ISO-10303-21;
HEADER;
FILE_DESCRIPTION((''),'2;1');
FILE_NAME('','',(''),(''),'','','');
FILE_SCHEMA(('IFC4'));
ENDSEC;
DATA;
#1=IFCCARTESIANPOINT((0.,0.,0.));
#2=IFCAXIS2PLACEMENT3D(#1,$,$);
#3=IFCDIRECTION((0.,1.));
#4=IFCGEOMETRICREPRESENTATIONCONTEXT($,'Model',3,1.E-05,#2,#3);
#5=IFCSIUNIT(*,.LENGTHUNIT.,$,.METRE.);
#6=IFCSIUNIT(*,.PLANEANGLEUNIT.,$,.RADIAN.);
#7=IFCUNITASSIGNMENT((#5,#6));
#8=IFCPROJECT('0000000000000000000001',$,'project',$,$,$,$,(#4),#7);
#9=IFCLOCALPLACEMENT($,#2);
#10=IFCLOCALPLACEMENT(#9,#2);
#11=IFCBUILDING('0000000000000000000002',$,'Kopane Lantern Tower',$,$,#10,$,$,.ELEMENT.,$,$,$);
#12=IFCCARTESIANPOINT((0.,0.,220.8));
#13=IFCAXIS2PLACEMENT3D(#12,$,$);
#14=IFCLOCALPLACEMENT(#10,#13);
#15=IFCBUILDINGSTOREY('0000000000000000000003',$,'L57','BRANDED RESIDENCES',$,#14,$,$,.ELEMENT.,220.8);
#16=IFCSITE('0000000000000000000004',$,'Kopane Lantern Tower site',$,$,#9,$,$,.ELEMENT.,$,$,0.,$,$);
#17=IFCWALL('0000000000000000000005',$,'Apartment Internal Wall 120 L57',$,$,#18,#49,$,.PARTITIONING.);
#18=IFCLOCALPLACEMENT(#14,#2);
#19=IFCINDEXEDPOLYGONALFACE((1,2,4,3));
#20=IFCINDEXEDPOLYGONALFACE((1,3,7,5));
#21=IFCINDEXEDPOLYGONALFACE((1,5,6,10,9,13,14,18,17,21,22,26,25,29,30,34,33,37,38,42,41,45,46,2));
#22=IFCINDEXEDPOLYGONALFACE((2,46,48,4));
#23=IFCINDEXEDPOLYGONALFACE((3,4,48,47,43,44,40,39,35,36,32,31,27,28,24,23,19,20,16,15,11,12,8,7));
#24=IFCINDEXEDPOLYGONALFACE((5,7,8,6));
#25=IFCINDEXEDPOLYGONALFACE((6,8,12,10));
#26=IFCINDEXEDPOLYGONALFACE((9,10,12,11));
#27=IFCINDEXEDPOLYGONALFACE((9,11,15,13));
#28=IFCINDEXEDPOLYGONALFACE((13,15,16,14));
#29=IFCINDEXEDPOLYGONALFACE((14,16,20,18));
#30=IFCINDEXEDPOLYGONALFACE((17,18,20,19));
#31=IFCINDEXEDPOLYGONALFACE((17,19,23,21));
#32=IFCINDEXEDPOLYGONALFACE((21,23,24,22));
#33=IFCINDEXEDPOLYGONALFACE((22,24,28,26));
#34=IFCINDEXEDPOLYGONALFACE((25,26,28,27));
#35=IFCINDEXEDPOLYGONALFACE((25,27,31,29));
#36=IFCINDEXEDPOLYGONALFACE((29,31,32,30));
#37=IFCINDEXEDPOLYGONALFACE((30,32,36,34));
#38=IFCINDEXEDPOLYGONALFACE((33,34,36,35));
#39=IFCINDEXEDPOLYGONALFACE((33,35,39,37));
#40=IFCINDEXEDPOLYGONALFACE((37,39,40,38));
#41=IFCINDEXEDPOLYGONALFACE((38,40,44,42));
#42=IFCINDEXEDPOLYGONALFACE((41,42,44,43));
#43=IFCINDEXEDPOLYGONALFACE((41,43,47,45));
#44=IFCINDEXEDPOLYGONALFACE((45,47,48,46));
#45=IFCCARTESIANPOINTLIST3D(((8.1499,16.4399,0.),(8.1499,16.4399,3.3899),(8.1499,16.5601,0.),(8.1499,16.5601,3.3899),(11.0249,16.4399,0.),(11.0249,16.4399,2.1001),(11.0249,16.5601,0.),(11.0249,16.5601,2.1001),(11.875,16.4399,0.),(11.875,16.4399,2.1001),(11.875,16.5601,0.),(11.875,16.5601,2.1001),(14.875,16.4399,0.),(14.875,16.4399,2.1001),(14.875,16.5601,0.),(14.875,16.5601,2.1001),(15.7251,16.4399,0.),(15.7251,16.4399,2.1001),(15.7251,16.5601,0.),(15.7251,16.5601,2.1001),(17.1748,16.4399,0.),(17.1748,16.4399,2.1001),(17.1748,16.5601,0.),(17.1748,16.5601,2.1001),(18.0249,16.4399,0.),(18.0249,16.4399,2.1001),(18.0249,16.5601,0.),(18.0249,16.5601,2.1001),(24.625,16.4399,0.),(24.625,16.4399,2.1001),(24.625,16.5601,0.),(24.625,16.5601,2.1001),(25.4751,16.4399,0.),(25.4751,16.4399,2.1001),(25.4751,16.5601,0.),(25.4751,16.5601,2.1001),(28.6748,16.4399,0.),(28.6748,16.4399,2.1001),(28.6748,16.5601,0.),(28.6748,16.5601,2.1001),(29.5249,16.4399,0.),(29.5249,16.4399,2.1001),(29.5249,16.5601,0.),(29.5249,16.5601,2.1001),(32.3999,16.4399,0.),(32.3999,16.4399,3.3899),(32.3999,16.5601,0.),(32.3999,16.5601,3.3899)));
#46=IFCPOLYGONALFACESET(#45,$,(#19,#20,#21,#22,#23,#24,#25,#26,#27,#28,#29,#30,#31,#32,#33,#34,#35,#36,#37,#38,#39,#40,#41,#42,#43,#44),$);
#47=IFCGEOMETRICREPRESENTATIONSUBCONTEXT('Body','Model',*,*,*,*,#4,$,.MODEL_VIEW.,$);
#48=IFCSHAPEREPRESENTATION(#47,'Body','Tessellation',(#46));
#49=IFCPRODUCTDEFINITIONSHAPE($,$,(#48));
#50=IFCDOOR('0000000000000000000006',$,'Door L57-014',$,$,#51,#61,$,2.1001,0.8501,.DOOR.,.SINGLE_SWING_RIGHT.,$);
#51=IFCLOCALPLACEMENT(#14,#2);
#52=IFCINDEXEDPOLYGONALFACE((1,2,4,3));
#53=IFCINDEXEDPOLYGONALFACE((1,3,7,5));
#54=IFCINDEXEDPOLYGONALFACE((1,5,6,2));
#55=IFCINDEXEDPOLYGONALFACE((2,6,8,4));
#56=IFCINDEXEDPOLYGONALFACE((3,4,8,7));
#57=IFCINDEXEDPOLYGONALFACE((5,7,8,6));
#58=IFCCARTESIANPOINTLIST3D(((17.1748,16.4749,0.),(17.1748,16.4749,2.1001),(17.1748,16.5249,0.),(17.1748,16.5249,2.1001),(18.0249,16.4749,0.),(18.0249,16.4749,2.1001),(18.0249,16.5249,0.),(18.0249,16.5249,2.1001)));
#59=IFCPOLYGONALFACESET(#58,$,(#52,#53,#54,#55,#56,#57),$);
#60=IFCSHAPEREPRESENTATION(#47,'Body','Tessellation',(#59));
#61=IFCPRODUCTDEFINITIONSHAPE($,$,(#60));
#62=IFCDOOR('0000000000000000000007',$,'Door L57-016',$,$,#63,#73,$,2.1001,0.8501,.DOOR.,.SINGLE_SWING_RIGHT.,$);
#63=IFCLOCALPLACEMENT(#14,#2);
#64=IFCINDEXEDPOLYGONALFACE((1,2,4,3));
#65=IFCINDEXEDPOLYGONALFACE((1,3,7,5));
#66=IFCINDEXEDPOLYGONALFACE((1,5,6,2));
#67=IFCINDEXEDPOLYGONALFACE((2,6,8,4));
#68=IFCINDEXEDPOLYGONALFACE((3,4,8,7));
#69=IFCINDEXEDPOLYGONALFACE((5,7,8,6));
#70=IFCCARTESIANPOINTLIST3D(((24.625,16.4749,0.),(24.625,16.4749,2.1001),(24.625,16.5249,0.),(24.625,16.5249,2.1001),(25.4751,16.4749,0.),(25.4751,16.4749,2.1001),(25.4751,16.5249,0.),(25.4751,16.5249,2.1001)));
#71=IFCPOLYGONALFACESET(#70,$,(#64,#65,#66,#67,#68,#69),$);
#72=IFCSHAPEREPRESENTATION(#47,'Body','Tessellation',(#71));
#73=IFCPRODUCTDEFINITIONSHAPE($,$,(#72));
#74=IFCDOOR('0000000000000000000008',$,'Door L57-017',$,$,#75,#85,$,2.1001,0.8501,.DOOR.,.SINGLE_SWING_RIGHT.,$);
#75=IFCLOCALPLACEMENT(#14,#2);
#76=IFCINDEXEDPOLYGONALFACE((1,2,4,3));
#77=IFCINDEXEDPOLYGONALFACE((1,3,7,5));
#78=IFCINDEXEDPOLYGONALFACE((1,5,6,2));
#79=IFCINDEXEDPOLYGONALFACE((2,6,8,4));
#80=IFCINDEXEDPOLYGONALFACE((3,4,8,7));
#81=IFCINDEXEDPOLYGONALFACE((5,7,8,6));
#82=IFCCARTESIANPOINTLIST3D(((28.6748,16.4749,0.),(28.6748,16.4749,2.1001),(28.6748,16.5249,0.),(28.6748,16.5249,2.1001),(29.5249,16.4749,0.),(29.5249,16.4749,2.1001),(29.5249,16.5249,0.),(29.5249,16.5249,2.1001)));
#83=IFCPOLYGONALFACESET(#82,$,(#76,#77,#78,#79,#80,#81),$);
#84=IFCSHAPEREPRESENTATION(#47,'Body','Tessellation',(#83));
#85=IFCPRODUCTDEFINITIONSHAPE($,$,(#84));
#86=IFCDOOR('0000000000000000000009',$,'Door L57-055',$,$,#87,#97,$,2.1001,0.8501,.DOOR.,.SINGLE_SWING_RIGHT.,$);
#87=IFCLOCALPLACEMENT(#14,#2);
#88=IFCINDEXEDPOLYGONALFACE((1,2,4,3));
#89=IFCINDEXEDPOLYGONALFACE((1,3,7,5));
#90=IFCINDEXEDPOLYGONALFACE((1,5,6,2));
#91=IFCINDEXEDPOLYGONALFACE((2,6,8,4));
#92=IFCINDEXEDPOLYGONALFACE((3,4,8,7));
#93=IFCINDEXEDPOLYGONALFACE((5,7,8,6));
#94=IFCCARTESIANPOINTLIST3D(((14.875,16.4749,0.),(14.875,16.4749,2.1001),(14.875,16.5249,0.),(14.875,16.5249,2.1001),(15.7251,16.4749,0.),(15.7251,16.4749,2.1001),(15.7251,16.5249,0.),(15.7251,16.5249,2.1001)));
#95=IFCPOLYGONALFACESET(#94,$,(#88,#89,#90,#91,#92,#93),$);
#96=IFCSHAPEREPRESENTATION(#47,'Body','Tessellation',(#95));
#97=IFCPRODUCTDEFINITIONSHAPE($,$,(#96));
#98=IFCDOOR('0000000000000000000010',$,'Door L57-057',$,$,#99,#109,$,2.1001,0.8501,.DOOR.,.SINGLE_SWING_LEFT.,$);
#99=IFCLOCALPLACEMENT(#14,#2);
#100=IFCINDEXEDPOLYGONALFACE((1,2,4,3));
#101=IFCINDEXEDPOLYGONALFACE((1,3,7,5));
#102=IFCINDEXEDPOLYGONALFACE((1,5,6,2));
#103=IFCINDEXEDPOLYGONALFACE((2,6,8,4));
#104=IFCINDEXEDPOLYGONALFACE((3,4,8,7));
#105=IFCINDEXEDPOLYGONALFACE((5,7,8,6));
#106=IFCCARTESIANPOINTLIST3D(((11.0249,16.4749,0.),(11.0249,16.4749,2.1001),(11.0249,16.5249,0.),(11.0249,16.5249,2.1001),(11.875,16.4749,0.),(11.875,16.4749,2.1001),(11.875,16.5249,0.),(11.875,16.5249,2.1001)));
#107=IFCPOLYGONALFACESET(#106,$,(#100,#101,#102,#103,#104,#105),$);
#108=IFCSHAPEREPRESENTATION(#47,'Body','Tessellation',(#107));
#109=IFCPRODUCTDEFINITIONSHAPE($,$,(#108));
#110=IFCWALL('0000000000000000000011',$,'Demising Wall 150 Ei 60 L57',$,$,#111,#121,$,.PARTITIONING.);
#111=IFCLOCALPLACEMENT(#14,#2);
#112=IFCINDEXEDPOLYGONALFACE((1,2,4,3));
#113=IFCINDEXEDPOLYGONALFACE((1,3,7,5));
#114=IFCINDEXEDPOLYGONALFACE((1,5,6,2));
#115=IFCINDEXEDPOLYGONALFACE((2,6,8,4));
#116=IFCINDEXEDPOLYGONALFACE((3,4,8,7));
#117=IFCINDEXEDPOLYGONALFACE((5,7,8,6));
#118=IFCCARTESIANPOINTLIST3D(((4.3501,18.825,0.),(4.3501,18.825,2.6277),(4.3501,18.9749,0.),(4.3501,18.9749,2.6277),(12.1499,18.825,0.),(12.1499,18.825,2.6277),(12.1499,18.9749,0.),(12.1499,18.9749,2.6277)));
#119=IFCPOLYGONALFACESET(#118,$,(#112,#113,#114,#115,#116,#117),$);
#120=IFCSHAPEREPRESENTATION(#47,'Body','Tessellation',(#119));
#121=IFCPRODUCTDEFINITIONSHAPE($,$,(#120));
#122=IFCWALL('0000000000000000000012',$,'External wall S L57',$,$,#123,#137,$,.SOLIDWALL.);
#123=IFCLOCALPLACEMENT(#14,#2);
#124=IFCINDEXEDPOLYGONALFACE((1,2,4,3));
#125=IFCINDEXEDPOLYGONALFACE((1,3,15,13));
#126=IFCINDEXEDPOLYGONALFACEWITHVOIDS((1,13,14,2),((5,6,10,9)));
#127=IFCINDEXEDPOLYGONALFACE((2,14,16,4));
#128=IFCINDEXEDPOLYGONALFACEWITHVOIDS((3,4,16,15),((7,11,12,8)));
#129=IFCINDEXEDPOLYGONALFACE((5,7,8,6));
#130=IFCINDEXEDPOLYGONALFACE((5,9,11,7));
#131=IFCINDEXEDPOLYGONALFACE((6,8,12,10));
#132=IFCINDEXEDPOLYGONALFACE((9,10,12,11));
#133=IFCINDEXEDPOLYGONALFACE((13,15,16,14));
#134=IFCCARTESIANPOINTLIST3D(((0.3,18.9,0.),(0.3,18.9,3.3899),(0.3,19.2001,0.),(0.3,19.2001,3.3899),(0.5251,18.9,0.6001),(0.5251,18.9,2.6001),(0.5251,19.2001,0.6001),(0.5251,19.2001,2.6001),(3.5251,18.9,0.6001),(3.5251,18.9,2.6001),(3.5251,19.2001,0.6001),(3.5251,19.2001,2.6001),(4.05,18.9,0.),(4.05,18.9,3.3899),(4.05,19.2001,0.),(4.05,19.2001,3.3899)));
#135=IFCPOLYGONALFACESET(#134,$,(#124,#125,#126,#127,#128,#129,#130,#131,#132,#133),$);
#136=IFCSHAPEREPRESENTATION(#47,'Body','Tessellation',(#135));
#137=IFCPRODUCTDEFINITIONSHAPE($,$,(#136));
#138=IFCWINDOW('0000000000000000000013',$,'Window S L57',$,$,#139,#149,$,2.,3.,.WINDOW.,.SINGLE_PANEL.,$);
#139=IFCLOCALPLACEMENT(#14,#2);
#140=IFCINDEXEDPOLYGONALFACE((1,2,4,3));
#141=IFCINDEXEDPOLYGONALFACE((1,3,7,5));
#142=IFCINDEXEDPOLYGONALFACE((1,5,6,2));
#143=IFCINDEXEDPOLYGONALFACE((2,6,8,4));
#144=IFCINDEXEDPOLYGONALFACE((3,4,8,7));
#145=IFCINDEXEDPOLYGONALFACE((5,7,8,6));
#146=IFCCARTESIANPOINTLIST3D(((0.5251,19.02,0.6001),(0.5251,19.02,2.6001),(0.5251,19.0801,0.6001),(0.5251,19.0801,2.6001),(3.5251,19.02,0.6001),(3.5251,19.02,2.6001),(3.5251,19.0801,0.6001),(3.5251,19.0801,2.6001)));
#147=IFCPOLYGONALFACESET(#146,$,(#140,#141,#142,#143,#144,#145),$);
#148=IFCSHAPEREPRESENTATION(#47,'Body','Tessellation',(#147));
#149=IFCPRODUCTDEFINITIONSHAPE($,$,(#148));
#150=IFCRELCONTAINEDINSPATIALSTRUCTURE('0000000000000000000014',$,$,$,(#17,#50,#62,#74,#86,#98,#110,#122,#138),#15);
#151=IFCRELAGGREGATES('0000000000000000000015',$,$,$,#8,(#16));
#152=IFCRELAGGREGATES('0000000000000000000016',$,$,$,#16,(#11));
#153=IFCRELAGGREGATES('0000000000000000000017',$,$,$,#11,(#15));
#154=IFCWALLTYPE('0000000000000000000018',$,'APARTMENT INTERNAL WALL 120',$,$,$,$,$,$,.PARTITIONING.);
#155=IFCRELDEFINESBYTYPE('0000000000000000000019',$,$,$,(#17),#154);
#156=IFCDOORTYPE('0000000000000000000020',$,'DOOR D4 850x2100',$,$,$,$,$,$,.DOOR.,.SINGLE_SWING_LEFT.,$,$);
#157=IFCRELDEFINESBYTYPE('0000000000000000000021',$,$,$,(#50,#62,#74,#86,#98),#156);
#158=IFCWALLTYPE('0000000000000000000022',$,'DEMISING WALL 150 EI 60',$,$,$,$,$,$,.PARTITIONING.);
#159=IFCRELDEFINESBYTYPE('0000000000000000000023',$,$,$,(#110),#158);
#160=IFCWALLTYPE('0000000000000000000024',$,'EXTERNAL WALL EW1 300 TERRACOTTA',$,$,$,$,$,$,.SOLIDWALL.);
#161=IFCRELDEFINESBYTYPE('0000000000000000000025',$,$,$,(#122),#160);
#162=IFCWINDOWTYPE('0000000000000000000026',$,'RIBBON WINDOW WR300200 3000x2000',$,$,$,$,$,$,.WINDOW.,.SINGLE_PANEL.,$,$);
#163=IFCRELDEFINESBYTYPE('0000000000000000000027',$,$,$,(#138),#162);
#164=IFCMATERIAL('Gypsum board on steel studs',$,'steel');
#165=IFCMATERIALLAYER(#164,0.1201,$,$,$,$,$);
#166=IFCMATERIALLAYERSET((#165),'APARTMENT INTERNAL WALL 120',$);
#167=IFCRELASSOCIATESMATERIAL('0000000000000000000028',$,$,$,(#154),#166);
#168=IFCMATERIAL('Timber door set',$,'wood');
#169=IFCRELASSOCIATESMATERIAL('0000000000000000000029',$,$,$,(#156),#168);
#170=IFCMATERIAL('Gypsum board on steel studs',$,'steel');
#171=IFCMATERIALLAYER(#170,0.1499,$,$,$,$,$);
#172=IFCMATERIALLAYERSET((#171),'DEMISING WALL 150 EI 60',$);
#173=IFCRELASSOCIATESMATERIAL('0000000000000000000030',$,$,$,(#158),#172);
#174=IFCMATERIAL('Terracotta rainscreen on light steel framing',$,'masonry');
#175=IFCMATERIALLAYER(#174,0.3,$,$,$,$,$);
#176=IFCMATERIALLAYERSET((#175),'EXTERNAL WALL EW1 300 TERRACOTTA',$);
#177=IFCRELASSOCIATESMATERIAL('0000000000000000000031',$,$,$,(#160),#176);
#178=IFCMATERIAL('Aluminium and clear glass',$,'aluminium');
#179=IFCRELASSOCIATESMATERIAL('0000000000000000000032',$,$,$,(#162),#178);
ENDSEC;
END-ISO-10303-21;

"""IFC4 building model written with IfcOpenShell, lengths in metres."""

from ifc_helpers import new_model, si_unit, direction, frame, frame_2d, origin, place, context, subcontext, project, spatial, rectangle, extrude, material, layer, layer_set, type_object, element, fill, save


model = new_model("IFC4")

# Units and contexts
model_context = context("Model", 3, precision=1e-05, world=origin(), true_north=direction((0.0, 1.0)))
body_context = subcontext(model_context, "Body", "Model", "MODEL_VIEW")
ifc_project = project(units=[si_unit("LENGTHUNIT", "METRE"), si_unit("PLANEANGLEUNIT", "RADIAN")], contexts=[model_context])

# Site, building, storey
site_placement = place(None, origin())
site = spatial("IfcSite", under=ifc_project, at=site_placement, Name="Kopane Lantern Tower site", CompositionType="ELEMENT", RefElevation=0.0)
building_placement = place(site_placement, origin())
building = spatial("IfcBuilding", under=site, at=building_placement, Name="Kopane Lantern Tower", CompositionType="ELEMENT")
storey_placement = place(building_placement, frame((0.0, 0.0, 220.8)))
storey = spatial("IfcBuildingStorey", under=building, at=storey_placement, Name="L57", Description="BRANDED RESIDENCES", CompositionType="ELEMENT", Elevation=220.8)

# Wall, openings, doors
ifc_material_1 = material(Name="Gypsum board on steel studs", Category="steel")
ifc_layer_1 = layer(ifc_material_1, 0.1201)
ifc_layer_set_1 = layer_set([ifc_layer_1], Name="APARTMENT INTERNAL WALL 120")
wall_type_1 = type_object("IfcWallType", Name="APARTMENT INTERNAL WALL 120", PredefinedType="PARTITIONING", material=ifc_layer_set_1)
wall_1_placement = place(storey_placement, frame((8.1499, 16.5, 0.0), z_axis=(0.0, 0.0, 1.0), x_axis=(1.0, 0.0, 0.0)))
wall_1 = element("IfcWall", 1, at=wall_1_placement, inside=storey, type_object=wall_type_1, Name="Apartment Internal Wall 120 L57", PredefinedType="PARTITIONING", context=body_context, shape_type="SweptSolid", body=[
    extrude(rectangle(XDim=24.25, YDim=0.1201, at=frame_2d((12.125, 0.0))), origin(), (0.0, 0.0, 1.0), 3.3899),
])
opening_1_placement = place(wall_1_placement, frame((9.0249, 0.0, 0.0)))
opening_1 = element("IfcOpeningElement", 2, at=opening_1_placement, cuts=wall_1, PredefinedType="OPENING", context=body_context, shape_type="SweptSolid", body=[
    extrude(rectangle(XDim=0.8501, YDim=2.1001, at=frame_2d((0.425, 1.05))), frame((0.0, 0.0701, 0.0), z_axis=(0.0, -1.0, 0.0), x_axis=(1.0, 0.0, 0.0)), (0.0, 0.0, 1.0), 0.1401),
])
opening_2_placement = place(wall_1_placement, frame((16.4751, 0.0, 0.0)))
opening_2 = element("IfcOpeningElement", 3, at=opening_2_placement, cuts=wall_1, PredefinedType="OPENING", context=body_context, shape_type="SweptSolid", body=[
    extrude(rectangle(XDim=0.8501, YDim=2.1001, at=frame_2d((0.425, 1.05))), frame((0.0, 0.0701, 0.0), z_axis=(0.0, -1.0, 0.0), x_axis=(1.0, 0.0, 0.0)), (0.0, 0.0, 1.0), 0.1401),
])
opening_3_placement = place(wall_1_placement, frame((20.5249, 0.0, 0.0)))
opening_3 = element("IfcOpeningElement", 4, at=opening_3_placement, cuts=wall_1, PredefinedType="OPENING", context=body_context, shape_type="SweptSolid", body=[
    extrude(rectangle(XDim=0.8501, YDim=2.1001, at=frame_2d((0.425, 1.05))), frame((0.0, 0.0701, 0.0), z_axis=(0.0, -1.0, 0.0), x_axis=(1.0, 0.0, 0.0)), (0.0, 0.0, 1.0), 0.1401),
])
opening_4_placement = place(wall_1_placement, frame((6.7251, 0.0, 0.0)))
opening_4 = element("IfcOpeningElement", 5, at=opening_4_placement, cuts=wall_1, PredefinedType="OPENING", context=body_context, shape_type="SweptSolid", body=[
    extrude(rectangle(XDim=0.8501, YDim=2.1001, at=frame_2d((0.425, 1.05))), frame((0.0, 0.0701, 0.0), z_axis=(0.0, -1.0, 0.0), x_axis=(1.0, 0.0, 0.0)), (0.0, 0.0, 1.0), 0.1401),
])
opening_5_placement = place(wall_1_placement, frame((2.875, 0.0, 0.0)))
opening_5 = element("IfcOpeningElement", 6, at=opening_5_placement, cuts=wall_1, PredefinedType="OPENING", context=body_context, shape_type="SweptSolid", body=[
    extrude(rectangle(XDim=0.8501, YDim=2.1001, at=frame_2d((0.425, 1.05))), frame((0.0, 0.0701, 0.0), z_axis=(0.0, -1.0, 0.0), x_axis=(1.0, 0.0, 0.0)), (0.0, 0.0, 1.0), 0.1401),
])
ifc_material_2 = material(Name="Timber door set", Category="wood")
door_type = type_object("IfcDoorType", Name="DOOR D4 850x2100", OperationType="SINGLE_SWING_LEFT", PredefinedType="DOOR", material=ifc_material_2)
door_1_placement = place(opening_1_placement, origin())
door_1 = element("IfcDoor", 7, at=door_1_placement, inside=storey, type_object=door_type, Name="Door L57-014", OperationType="SINGLE_SWING_RIGHT", OverallHeight=2.1001, OverallWidth=0.8501, PredefinedType="DOOR", context=body_context, shape_type="SweptSolid", body=[
    extrude(rectangle(XDim=0.8501, YDim=2.1001, at=frame_2d((0.425, 1.05))), frame((0.0, 0.0249, 0.0), z_axis=(0.0, -1.0, 0.0), x_axis=(1.0, 0.0, 0.0)), (0.0, 0.0, 1.0), 0.05),
])
fill(opening_1, door_1)
door_2_placement = place(opening_2_placement, origin())
door_2 = element("IfcDoor", 8, at=door_2_placement, inside=storey, type_object=door_type, Name="Door L57-016", OperationType="SINGLE_SWING_RIGHT", OverallHeight=2.1001, OverallWidth=0.8501, PredefinedType="DOOR", context=body_context, shape_type="SweptSolid", body=[
    extrude(rectangle(XDim=0.8501, YDim=2.1001, at=frame_2d((0.425, 1.05))), frame((0.0, 0.0249, 0.0), z_axis=(0.0, -1.0, 0.0), x_axis=(1.0, 0.0, 0.0)), (0.0, 0.0, 1.0), 0.05),
])
fill(opening_2, door_2)
door_3_placement = place(opening_3_placement, origin())
door_3 = element("IfcDoor", 9, at=door_3_placement, inside=storey, type_object=door_type, Name="Door L57-017", OperationType="SINGLE_SWING_RIGHT", OverallHeight=2.1001, OverallWidth=0.8501, PredefinedType="DOOR", context=body_context, shape_type="SweptSolid", body=[
    extrude(rectangle(XDim=0.8501, YDim=2.1001, at=frame_2d((0.425, 1.05))), frame((0.0, 0.0249, 0.0), z_axis=(0.0, -1.0, 0.0), x_axis=(1.0, 0.0, 0.0)), (0.0, 0.0, 1.0), 0.05),
])
fill(opening_3, door_3)
door_4_placement = place(opening_4_placement, origin())
door_4 = element("IfcDoor", 10, at=door_4_placement, inside=storey, type_object=door_type, Name="Door L57-055", OperationType="SINGLE_SWING_RIGHT", OverallHeight=2.1001, OverallWidth=0.8501, PredefinedType="DOOR", context=body_context, shape_type="SweptSolid", body=[
    extrude(rectangle(XDim=0.8501, YDim=2.1001, at=frame_2d((0.425, 1.05))), frame((0.0, 0.0249, 0.0), z_axis=(0.0, -1.0, 0.0), x_axis=(1.0, 0.0, 0.0)), (0.0, 0.0, 1.0), 0.05),
])
fill(opening_4, door_4)
door_5_placement = place(opening_5_placement, origin())
door_5 = element("IfcDoor", 11, at=door_5_placement, inside=storey, type_object=door_type, Name="Door L57-057", OperationType="SINGLE_SWING_LEFT", OverallHeight=2.1001, OverallWidth=0.8501, PredefinedType="DOOR", context=body_context, shape_type="SweptSolid", body=[
    extrude(rectangle(XDim=0.8501, YDim=2.1001, at=frame_2d((0.425, 1.05))), frame((0.0, 0.0249, 0.0), z_axis=(0.0, -1.0, 0.0), x_axis=(1.0, 0.0, 0.0)), (0.0, 0.0, 1.0), 0.05),
])
fill(opening_5, door_5)

# Wall
ifc_material_3 = material(Name="Gypsum board on steel studs", Category="steel")
ifc_layer_2 = layer(ifc_material_3, 0.1499)
ifc_layer_set_2 = layer_set([ifc_layer_2], Name="DEMISING WALL 150 EI 60")
wall_type_2 = type_object("IfcWallType", Name="DEMISING WALL 150 EI 60", PredefinedType="PARTITIONING", material=ifc_layer_set_2)
wall_2_placement = place(storey_placement, frame((4.3501, 18.8999, 0.0), z_axis=(0.0, 0.0, 1.0), x_axis=(1.0, 0.0, 0.0)))
element("IfcWall", 12, at=wall_2_placement, inside=storey, type_object=wall_type_2, Name="Demising Wall 150 Ei 60 L57", PredefinedType="PARTITIONING", context=body_context, shape_type="SweptSolid", body=[
    extrude(rectangle(XDim=7.7998, YDim=0.1499, at=frame_2d((3.8999, 0.0))), origin(), (0.0, 0.0, 1.0), 2.6277),
])

# Wall, opening, window
ifc_material_4 = material(Name="Terracotta rainscreen on light steel framing", Category="masonry")
ifc_layer_3 = layer(ifc_material_4, 0.3)
ifc_layer_set_3 = layer_set([ifc_layer_3], Name="EXTERNAL WALL EW1 300 TERRACOTTA")
wall_type_3 = type_object("IfcWallType", Name="EXTERNAL WALL EW1 300 TERRACOTTA", PredefinedType="SOLIDWALL", material=ifc_layer_set_3)
wall_3_placement = place(storey_placement, frame((0.3, 19.05, 0.0), z_axis=(0.0, 0.0, 1.0), x_axis=(1.0, 0.0, 0.0)))
wall_3 = element("IfcWall", 13, at=wall_3_placement, inside=storey, type_object=wall_type_3, Name="External wall S L57", PredefinedType="SOLIDWALL", context=body_context, shape_type="SweptSolid", body=[
    extrude(rectangle(XDim=3.75, YDim=0.3, at=frame_2d((1.875, 0.0))), origin(), (0.0, 0.0, 1.0), 3.3899),
])
opening_6_placement = place(wall_3_placement, frame((0.2251, 0.0, 0.6001)))
opening_6 = element("IfcOpeningElement", 14, at=opening_6_placement, cuts=wall_3, PredefinedType="OPENING", context=body_context, shape_type="SweptSolid", body=[
    extrude(rectangle(XDim=3.0, YDim=2.0, at=frame_2d((1.5, 1.0))), frame((0.0, 0.1599, 0.0), z_axis=(0.0, -1.0, 0.0), x_axis=(1.0, 0.0, 0.0)), (0.0, 0.0, 1.0), 0.3201),
])
ifc_material_5 = material(Name="Aluminium and clear glass", Category="aluminium")
window_type = type_object("IfcWindowType", Name="RIBBON WINDOW WR300200 3000x2000", PartitioningType="SINGLE_PANEL", PredefinedType="WINDOW", material=ifc_material_5)
window_1_placement = place(opening_6_placement, origin())
window_1 = element("IfcWindow", 15, at=window_1_placement, inside=storey, type_object=window_type, Name="Window S L57", OverallHeight=2.0, OverallWidth=3.0, PartitioningType="SINGLE_PANEL", PredefinedType="WINDOW", context=body_context, shape_type="SweptSolid", body=[
    extrude(rectangle(XDim=3.0, YDim=2.0, at=frame_2d((1.5, 1.0))), frame((0.0, 0.03, 0.0), z_axis=(0.0, -1.0, 0.0), x_axis=(1.0, 0.0, 0.0)), (0.0, 0.0, 1.0), 0.0601),
])
fill(opening_6, window_1)

save(model, "model.ifc")
